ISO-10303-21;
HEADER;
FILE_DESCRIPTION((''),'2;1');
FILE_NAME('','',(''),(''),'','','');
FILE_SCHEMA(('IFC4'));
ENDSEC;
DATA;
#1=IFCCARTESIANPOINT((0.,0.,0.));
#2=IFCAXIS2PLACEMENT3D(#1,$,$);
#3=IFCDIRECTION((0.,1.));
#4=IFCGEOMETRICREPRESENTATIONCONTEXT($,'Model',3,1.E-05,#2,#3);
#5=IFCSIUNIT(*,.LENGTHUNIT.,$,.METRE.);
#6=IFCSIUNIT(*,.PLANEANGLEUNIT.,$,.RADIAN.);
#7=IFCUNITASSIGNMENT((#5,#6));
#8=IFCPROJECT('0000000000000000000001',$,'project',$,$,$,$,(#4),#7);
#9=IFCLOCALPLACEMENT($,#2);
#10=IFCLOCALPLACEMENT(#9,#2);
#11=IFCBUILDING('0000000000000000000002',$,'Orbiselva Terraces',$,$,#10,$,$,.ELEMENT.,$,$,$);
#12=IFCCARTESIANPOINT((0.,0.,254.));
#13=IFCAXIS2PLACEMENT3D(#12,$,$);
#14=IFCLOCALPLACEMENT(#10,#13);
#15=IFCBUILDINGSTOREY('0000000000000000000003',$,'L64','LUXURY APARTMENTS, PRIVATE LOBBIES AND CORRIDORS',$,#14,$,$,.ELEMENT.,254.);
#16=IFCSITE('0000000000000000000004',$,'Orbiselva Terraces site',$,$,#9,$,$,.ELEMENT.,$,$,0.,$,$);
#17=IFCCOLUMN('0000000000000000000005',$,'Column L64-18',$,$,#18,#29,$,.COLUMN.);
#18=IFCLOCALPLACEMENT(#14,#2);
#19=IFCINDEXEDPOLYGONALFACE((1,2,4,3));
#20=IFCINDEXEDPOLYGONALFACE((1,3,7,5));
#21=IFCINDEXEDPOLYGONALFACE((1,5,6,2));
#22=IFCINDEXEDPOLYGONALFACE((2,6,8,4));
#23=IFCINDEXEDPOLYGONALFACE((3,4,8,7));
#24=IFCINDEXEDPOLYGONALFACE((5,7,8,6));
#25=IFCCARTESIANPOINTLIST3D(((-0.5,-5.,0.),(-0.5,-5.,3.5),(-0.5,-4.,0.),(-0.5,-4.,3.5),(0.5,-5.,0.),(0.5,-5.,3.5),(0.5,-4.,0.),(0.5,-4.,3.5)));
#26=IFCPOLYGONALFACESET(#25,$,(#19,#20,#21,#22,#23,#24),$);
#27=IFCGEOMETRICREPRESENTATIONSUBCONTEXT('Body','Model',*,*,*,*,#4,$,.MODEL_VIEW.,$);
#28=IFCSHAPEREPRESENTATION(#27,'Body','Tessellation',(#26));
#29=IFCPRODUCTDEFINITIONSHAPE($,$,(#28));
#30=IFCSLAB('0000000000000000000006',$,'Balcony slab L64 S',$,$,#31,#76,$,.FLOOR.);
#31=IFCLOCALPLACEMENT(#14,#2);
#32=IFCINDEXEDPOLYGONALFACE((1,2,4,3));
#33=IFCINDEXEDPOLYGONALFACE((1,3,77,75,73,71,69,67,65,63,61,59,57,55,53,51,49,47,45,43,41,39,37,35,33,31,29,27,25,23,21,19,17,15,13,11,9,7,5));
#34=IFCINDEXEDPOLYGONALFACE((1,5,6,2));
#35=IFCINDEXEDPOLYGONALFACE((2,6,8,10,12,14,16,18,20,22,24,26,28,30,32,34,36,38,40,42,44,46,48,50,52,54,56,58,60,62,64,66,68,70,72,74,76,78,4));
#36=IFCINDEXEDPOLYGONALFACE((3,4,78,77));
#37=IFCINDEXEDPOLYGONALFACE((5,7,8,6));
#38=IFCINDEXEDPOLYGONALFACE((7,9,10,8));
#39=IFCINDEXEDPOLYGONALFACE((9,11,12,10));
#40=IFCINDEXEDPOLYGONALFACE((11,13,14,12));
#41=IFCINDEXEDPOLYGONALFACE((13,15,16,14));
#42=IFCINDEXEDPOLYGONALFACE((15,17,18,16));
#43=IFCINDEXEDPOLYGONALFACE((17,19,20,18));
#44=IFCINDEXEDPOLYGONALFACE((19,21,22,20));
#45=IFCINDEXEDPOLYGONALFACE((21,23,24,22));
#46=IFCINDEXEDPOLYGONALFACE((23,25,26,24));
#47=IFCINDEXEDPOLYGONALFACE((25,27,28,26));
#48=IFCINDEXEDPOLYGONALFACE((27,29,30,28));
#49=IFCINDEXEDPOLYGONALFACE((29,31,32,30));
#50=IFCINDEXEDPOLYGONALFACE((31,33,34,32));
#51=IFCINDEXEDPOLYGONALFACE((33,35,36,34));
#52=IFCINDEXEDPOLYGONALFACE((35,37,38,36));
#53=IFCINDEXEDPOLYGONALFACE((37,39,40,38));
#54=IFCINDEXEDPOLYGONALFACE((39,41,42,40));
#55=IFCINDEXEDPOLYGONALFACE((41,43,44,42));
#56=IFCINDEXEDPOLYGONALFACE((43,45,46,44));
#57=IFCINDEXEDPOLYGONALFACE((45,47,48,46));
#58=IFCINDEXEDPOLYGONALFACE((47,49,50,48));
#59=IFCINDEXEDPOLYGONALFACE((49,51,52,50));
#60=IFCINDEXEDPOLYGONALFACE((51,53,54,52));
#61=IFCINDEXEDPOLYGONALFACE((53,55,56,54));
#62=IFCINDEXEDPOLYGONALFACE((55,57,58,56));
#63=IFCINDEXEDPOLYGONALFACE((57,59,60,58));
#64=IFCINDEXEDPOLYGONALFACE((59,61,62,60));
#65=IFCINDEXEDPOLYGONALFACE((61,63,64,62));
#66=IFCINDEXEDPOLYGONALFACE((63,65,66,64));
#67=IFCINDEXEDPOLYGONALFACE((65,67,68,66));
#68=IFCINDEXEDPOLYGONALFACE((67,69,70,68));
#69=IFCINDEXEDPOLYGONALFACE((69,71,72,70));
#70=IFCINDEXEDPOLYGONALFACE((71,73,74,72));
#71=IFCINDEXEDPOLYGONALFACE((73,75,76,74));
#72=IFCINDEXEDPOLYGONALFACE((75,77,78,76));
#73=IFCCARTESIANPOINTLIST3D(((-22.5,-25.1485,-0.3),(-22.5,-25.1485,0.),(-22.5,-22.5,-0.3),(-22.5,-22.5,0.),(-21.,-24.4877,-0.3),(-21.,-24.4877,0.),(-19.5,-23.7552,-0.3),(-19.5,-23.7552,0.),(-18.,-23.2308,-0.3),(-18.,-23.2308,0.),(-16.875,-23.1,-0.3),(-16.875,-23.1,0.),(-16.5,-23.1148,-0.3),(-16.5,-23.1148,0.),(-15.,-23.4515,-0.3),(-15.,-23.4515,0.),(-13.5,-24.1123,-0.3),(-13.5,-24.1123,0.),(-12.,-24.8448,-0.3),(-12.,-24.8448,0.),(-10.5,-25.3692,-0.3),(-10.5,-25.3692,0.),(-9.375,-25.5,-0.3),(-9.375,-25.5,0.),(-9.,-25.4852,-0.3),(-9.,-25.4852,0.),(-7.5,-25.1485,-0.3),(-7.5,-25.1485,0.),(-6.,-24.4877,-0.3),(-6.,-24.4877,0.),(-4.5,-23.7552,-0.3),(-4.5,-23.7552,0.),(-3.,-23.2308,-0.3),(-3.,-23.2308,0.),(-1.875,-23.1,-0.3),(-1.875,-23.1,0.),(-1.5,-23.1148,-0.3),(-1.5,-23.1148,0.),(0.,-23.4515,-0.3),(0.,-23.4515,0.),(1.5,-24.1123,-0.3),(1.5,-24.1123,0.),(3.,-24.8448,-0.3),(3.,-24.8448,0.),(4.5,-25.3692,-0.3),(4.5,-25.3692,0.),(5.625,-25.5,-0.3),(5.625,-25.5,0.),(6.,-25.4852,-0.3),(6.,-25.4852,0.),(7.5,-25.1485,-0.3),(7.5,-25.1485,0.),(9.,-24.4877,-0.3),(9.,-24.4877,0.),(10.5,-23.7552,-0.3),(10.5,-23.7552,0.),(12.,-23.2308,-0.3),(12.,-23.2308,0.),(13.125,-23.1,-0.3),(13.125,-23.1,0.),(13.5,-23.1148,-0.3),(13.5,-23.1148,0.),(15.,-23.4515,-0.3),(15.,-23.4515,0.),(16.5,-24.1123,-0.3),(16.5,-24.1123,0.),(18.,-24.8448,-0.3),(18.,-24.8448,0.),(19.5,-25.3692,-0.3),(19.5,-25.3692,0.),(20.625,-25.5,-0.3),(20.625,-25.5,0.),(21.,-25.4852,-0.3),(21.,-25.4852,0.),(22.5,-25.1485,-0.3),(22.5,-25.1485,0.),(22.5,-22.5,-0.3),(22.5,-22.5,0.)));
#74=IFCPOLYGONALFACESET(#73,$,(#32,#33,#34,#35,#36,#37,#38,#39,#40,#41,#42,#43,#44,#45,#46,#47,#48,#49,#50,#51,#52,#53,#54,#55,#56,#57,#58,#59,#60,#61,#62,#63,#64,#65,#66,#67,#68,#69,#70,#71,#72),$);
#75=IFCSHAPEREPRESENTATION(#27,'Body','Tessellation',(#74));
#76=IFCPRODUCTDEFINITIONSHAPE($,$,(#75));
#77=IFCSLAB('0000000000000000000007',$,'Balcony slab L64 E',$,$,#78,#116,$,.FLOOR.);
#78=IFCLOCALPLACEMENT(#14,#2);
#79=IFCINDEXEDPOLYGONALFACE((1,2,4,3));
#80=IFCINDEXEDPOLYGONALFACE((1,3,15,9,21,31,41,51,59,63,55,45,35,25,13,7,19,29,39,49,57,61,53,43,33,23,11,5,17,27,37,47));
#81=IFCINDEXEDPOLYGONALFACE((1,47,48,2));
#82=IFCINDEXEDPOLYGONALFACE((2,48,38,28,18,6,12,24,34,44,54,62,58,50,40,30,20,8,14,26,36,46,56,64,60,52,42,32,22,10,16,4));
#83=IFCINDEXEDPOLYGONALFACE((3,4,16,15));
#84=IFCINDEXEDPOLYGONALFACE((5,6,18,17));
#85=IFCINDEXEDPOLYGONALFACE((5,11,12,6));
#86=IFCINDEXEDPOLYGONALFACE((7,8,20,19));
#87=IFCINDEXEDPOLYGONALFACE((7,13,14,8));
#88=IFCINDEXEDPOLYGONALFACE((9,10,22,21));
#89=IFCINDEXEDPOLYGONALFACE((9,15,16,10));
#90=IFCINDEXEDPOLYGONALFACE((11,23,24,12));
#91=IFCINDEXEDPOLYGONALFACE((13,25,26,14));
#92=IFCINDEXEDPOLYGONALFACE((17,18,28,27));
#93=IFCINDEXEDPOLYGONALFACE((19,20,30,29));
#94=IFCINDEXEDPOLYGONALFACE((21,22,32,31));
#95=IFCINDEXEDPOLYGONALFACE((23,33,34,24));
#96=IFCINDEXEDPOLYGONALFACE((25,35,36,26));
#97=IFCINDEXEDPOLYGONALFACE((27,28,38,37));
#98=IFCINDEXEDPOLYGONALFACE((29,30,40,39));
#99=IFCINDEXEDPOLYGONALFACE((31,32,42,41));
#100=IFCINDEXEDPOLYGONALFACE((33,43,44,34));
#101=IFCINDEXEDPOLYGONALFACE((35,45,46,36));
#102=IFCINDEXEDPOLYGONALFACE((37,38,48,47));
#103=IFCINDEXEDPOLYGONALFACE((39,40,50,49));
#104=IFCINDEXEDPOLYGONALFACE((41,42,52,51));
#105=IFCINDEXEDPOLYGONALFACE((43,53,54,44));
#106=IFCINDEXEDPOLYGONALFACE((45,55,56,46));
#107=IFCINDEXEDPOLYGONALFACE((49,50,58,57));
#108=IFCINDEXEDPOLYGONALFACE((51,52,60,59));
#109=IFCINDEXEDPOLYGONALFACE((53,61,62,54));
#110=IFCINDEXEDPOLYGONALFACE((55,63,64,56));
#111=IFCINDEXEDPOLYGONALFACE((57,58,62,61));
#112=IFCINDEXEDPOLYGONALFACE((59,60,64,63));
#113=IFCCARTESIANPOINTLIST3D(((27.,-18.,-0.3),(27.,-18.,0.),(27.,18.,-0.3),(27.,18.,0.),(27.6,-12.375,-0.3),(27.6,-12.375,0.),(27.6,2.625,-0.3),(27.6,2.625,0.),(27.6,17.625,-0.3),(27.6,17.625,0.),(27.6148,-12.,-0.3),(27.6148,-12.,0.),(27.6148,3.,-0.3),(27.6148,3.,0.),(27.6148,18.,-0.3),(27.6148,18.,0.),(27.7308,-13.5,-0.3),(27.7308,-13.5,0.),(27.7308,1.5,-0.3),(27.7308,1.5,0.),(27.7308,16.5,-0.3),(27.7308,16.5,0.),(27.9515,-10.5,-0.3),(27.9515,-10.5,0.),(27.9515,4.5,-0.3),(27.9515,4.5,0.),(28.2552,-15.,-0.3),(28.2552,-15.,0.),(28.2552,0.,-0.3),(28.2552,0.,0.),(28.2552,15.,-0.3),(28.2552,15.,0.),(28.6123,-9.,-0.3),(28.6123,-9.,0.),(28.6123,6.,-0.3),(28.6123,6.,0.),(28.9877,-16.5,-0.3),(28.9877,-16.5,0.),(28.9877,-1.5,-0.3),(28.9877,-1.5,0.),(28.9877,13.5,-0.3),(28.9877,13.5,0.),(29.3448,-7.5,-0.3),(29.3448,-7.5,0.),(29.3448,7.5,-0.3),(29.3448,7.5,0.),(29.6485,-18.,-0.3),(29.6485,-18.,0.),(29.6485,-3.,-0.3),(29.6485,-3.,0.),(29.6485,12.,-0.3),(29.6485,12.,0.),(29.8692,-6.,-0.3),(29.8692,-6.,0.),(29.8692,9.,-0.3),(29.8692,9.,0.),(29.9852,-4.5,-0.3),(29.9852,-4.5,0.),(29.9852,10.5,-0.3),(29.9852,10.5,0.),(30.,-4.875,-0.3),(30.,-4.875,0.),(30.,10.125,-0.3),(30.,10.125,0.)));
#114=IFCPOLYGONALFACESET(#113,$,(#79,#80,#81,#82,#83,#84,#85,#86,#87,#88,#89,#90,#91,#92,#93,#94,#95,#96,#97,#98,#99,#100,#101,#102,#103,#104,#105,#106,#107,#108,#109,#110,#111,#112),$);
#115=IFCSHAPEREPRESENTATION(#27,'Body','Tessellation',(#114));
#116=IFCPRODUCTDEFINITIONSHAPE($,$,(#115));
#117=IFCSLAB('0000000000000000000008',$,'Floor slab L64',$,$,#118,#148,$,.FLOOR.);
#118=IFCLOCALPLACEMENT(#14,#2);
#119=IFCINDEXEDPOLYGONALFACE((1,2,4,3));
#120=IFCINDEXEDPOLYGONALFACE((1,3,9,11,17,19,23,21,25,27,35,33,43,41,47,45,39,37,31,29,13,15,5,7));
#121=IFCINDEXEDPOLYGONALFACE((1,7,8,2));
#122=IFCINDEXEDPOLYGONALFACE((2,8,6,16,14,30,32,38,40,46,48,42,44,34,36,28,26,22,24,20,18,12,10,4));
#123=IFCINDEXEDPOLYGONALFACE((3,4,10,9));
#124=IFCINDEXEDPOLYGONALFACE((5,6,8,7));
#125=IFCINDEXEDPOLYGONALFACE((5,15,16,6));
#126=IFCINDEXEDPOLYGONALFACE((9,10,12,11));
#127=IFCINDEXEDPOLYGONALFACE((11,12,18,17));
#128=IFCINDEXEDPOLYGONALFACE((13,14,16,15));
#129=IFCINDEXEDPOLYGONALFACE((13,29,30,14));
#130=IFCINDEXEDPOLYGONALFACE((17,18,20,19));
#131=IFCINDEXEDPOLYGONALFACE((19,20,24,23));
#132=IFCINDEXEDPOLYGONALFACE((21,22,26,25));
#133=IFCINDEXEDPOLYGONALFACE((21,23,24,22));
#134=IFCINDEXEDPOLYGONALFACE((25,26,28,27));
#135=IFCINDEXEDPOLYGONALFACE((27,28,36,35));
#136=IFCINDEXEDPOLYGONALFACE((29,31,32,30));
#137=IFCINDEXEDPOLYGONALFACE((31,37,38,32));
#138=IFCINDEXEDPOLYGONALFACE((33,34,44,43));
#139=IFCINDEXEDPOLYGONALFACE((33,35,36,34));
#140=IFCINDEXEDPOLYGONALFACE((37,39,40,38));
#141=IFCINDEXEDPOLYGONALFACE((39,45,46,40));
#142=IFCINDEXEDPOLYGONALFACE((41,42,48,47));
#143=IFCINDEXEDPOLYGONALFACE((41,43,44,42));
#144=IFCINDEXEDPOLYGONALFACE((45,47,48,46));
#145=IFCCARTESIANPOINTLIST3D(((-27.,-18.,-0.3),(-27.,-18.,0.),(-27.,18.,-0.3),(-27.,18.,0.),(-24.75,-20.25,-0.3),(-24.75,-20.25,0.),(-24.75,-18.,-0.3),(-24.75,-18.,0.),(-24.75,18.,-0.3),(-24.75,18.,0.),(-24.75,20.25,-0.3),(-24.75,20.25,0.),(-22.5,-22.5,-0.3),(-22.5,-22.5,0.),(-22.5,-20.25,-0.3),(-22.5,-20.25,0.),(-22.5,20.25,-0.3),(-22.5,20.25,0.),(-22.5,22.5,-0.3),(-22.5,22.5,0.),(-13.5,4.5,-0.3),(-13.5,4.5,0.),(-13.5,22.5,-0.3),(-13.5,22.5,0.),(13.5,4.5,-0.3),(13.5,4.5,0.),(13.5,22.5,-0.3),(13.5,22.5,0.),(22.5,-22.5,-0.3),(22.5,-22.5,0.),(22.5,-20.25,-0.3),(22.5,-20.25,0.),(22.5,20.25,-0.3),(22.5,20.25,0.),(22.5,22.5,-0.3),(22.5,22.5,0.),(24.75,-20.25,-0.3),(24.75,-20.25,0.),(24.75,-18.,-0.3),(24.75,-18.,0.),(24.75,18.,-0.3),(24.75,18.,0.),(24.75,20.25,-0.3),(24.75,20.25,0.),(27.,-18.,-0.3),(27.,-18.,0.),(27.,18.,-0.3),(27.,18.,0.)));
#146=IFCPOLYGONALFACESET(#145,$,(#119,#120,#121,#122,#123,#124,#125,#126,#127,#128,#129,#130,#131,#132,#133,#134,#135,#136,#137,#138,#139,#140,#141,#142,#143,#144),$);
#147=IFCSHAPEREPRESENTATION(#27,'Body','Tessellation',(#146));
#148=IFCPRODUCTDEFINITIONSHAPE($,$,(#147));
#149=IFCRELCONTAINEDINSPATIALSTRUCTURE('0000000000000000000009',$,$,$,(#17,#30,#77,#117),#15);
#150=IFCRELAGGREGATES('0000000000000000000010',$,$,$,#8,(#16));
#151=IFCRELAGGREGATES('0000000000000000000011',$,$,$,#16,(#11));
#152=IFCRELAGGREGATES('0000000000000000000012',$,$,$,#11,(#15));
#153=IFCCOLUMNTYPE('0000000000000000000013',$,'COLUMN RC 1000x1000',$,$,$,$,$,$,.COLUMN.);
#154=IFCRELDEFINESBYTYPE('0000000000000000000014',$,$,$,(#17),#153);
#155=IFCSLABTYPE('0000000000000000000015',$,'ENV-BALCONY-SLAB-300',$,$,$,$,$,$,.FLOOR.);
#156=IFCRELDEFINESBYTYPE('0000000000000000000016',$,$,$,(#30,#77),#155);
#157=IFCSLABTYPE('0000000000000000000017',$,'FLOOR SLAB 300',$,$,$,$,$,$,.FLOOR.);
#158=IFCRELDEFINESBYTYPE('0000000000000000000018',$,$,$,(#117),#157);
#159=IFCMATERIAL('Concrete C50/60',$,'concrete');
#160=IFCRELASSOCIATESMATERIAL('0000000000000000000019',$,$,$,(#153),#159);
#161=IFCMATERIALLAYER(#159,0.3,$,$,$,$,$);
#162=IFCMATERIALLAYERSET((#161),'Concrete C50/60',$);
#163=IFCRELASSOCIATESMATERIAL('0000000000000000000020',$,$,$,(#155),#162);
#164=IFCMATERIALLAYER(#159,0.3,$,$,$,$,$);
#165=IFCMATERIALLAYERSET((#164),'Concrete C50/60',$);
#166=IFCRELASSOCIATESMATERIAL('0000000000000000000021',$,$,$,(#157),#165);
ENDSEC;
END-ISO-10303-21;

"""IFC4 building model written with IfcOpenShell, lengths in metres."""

from ifc_helpers import new_model, si_unit, direction, frame, origin, origin_2d, place, context, subcontext, project, spatial, polyline, rectangle, outline, extrude, material, layer, layer_set, material_profile, profile_set, type_object, element, save


model = new_model("IFC4")

# Units and contexts
model_context = context("Model", 3, precision=1e-05, world=origin(), true_north=direction((0.0, 1.0)))
body_context = subcontext(model_context, "Body", "Model", "MODEL_VIEW")
ifc_project = project(units=[si_unit("LENGTHUNIT", "METRE"), si_unit("PLANEANGLEUNIT", "RADIAN")], contexts=[model_context])

# Site, building, storey
site_placement = place(None, origin())
site = spatial("IfcSite", under=ifc_project, at=site_placement, Name="Orbiselva Terraces site", CompositionType="ELEMENT", RefElevation=0.0)
building_placement = place(site_placement, origin())
building = spatial("IfcBuilding", under=site, at=building_placement, Name="Orbiselva Terraces", CompositionType="ELEMENT")
storey_placement = place(building_placement, frame((0.0, 0.0, 254.0)))
storey = spatial("IfcBuildingStorey", under=building, at=storey_placement, Name="L64", Description="LUXURY APARTMENTS, PRIVATE LOBBIES AND CORRIDORS", CompositionType="ELEMENT", Elevation=254.0)

# Column
ifc_material_1 = material(Name="Concrete C50/60", Category="concrete")
ifc_material_profile = material_profile(ifc_material_1, rectangle(XDim=1.0, YDim=1.0, at=origin_2d()), Name="RC 1000x1000")
ifc_profile_set = profile_set([ifc_material_profile], Name="Concrete C50/60")
column_type = type_object("IfcColumnType", Name="COLUMN RC 1000x1000", PredefinedType="COLUMN", material=ifc_profile_set)
column_placement = place(storey_placement, frame((0.0, -4.5, 0.0), z_axis=(0.0, 0.0, 1.0), x_axis=(1.0, 0.0, 0.0)))
element("IfcColumn", 1, at=column_placement, inside=storey, type_object=column_type, Name="Column L64-18", PredefinedType="COLUMN", context=body_context, shape_type="SweptSolid", body=[
    extrude(rectangle(XDim=1.0, YDim=1.0, at=origin_2d()), origin(), (0.0, 0.0, 1.0), 3.5),
])

# Slabs
ifc_layer_1 = layer(ifc_material_1, 0.3)
ifc_layer_set_1 = layer_set([ifc_layer_1], Name="Concrete C50/60")
slab_type_1 = type_object("IfcSlabType", Name="ENV-BALCONY-SLAB-300", PredefinedType="FLOOR", material=ifc_layer_set_1)
slab_1_placement = place(storey_placement, frame((0.0, 0.0, -0.3)))
element("IfcSlab", 2, at=slab_1_placement, inside=storey, type_object=slab_type_1, Name="Balcony slab L64 S", PredefinedType="FLOOR", context=body_context, shape_type="SweptSolid", body=[
    extrude(outline(polyline([(-22.5, -25.1485), (-21.0, -24.4877), (-19.5, -23.7552), (-18.0, -23.2308), (-16.875, -23.1), (-16.5, -23.1148), (-15.0, -23.4515), (-13.5, -24.1123), (-12.0, -24.8448), (-10.5, -25.3692), (-9.375, -25.5), (-9.0, -25.4852), (-7.5, -25.1485), (-6.0, -24.4877), (-4.5, -23.7552), (-3.0, -23.2308), (-1.875, -23.1), (-1.5, -23.1148), (0.0, -23.4515), (1.5, -24.1123), (3.0, -24.8448), (4.5, -25.3692), (5.625, -25.5), (6.0, -25.4852), (7.5, -25.1485), (9.0, -24.4877), (10.5, -23.7552), (12.0, -23.2308), (13.125, -23.1), (13.5, -23.1148), (15.0, -23.4515), (16.5, -24.1123), (18.0, -24.8448), (19.5, -25.3692), (20.625, -25.5), (21.0, -25.4852), (22.5, -25.1485), (22.5, -22.5), (-22.5, -22.5), (-22.5, -25.1485)])), origin(), (0.0, 0.0, 1.0), 0.3),
])
slab_2_placement = place(storey_placement, frame((0.0, 0.0, -0.3)))
element("IfcSlab", 3, at=slab_2_placement, inside=storey, type_object=slab_type_1, Name="Balcony slab L64 E", PredefinedType="FLOOR", context=body_context, shape_type="SweptSolid", body=[
    extrude(outline(polyline([(29.6485, -18.0), (28.9877, -16.5), (28.2552, -15.0), (27.7308, -13.5), (27.6, -12.375), (27.6148, -12.0), (27.9515, -10.5), (28.6123, -9.0), (29.3448, -7.5), (29.8692, -6.0), (30.0, -4.875), (29.9852, -4.5), (29.6485, -3.0), (28.9877, -1.5), (28.2552, 0.0), (27.7308, 1.5), (27.6, 2.625), (27.6148, 3.0), (27.9515, 4.5), (28.6123, 6.0), (29.3448, 7.5), (29.8692, 9.0), (30.0, 10.125), (29.9852, 10.5), (29.6485, 12.0), (28.9877, 13.5), (28.2552, 15.0), (27.7308, 16.5), (27.6, 17.625), (27.6148, 18.0), (27.0, 18.0), (27.0, -18.0), (29.6485, -18.0)])), origin(), (0.0, 0.0, 1.0), 0.3),
])
ifc_layer_2 = layer(ifc_material_1, 0.3)
ifc_layer_set_2 = layer_set([ifc_layer_2], Name="Concrete C50/60")
slab_type_2 = type_object("IfcSlabType", Name="FLOOR SLAB 300", PredefinedType="FLOOR", material=ifc_layer_set_2)
slab_3_placement = place(storey_placement, frame((0.0, 0.0, -0.3)))
element("IfcSlab", 4, at=slab_3_placement, inside=storey, type_object=slab_type_2, Name="Floor slab L64", PredefinedType="FLOOR", context=body_context, shape_type="SweptSolid", body=[
    extrude(outline(polyline([(22.5, 22.5), (22.5, 20.25), (24.75, 20.25), (24.75, 18.0), (27.0, 18.0), (27.0, -18.0), (24.75, -18.0), (24.75, -20.25), (22.5, -20.25), (22.5, -22.5), (-22.5, -22.5), (-22.5, -20.25), (-24.75, -20.25), (-24.75, -18.0), (-27.0, -18.0), (-27.0, 18.0), (-24.75, 18.0), (-24.75, 20.25), (-22.5, 20.25), (-22.5, 22.5), (-13.5, 22.5), (-13.5, 4.5), (13.5, 4.5), (13.5, 22.5), (22.5, 22.5)])), origin(), (0.0, 0.0, 1.0), 0.3),
])

save(model, "model.ifc")
